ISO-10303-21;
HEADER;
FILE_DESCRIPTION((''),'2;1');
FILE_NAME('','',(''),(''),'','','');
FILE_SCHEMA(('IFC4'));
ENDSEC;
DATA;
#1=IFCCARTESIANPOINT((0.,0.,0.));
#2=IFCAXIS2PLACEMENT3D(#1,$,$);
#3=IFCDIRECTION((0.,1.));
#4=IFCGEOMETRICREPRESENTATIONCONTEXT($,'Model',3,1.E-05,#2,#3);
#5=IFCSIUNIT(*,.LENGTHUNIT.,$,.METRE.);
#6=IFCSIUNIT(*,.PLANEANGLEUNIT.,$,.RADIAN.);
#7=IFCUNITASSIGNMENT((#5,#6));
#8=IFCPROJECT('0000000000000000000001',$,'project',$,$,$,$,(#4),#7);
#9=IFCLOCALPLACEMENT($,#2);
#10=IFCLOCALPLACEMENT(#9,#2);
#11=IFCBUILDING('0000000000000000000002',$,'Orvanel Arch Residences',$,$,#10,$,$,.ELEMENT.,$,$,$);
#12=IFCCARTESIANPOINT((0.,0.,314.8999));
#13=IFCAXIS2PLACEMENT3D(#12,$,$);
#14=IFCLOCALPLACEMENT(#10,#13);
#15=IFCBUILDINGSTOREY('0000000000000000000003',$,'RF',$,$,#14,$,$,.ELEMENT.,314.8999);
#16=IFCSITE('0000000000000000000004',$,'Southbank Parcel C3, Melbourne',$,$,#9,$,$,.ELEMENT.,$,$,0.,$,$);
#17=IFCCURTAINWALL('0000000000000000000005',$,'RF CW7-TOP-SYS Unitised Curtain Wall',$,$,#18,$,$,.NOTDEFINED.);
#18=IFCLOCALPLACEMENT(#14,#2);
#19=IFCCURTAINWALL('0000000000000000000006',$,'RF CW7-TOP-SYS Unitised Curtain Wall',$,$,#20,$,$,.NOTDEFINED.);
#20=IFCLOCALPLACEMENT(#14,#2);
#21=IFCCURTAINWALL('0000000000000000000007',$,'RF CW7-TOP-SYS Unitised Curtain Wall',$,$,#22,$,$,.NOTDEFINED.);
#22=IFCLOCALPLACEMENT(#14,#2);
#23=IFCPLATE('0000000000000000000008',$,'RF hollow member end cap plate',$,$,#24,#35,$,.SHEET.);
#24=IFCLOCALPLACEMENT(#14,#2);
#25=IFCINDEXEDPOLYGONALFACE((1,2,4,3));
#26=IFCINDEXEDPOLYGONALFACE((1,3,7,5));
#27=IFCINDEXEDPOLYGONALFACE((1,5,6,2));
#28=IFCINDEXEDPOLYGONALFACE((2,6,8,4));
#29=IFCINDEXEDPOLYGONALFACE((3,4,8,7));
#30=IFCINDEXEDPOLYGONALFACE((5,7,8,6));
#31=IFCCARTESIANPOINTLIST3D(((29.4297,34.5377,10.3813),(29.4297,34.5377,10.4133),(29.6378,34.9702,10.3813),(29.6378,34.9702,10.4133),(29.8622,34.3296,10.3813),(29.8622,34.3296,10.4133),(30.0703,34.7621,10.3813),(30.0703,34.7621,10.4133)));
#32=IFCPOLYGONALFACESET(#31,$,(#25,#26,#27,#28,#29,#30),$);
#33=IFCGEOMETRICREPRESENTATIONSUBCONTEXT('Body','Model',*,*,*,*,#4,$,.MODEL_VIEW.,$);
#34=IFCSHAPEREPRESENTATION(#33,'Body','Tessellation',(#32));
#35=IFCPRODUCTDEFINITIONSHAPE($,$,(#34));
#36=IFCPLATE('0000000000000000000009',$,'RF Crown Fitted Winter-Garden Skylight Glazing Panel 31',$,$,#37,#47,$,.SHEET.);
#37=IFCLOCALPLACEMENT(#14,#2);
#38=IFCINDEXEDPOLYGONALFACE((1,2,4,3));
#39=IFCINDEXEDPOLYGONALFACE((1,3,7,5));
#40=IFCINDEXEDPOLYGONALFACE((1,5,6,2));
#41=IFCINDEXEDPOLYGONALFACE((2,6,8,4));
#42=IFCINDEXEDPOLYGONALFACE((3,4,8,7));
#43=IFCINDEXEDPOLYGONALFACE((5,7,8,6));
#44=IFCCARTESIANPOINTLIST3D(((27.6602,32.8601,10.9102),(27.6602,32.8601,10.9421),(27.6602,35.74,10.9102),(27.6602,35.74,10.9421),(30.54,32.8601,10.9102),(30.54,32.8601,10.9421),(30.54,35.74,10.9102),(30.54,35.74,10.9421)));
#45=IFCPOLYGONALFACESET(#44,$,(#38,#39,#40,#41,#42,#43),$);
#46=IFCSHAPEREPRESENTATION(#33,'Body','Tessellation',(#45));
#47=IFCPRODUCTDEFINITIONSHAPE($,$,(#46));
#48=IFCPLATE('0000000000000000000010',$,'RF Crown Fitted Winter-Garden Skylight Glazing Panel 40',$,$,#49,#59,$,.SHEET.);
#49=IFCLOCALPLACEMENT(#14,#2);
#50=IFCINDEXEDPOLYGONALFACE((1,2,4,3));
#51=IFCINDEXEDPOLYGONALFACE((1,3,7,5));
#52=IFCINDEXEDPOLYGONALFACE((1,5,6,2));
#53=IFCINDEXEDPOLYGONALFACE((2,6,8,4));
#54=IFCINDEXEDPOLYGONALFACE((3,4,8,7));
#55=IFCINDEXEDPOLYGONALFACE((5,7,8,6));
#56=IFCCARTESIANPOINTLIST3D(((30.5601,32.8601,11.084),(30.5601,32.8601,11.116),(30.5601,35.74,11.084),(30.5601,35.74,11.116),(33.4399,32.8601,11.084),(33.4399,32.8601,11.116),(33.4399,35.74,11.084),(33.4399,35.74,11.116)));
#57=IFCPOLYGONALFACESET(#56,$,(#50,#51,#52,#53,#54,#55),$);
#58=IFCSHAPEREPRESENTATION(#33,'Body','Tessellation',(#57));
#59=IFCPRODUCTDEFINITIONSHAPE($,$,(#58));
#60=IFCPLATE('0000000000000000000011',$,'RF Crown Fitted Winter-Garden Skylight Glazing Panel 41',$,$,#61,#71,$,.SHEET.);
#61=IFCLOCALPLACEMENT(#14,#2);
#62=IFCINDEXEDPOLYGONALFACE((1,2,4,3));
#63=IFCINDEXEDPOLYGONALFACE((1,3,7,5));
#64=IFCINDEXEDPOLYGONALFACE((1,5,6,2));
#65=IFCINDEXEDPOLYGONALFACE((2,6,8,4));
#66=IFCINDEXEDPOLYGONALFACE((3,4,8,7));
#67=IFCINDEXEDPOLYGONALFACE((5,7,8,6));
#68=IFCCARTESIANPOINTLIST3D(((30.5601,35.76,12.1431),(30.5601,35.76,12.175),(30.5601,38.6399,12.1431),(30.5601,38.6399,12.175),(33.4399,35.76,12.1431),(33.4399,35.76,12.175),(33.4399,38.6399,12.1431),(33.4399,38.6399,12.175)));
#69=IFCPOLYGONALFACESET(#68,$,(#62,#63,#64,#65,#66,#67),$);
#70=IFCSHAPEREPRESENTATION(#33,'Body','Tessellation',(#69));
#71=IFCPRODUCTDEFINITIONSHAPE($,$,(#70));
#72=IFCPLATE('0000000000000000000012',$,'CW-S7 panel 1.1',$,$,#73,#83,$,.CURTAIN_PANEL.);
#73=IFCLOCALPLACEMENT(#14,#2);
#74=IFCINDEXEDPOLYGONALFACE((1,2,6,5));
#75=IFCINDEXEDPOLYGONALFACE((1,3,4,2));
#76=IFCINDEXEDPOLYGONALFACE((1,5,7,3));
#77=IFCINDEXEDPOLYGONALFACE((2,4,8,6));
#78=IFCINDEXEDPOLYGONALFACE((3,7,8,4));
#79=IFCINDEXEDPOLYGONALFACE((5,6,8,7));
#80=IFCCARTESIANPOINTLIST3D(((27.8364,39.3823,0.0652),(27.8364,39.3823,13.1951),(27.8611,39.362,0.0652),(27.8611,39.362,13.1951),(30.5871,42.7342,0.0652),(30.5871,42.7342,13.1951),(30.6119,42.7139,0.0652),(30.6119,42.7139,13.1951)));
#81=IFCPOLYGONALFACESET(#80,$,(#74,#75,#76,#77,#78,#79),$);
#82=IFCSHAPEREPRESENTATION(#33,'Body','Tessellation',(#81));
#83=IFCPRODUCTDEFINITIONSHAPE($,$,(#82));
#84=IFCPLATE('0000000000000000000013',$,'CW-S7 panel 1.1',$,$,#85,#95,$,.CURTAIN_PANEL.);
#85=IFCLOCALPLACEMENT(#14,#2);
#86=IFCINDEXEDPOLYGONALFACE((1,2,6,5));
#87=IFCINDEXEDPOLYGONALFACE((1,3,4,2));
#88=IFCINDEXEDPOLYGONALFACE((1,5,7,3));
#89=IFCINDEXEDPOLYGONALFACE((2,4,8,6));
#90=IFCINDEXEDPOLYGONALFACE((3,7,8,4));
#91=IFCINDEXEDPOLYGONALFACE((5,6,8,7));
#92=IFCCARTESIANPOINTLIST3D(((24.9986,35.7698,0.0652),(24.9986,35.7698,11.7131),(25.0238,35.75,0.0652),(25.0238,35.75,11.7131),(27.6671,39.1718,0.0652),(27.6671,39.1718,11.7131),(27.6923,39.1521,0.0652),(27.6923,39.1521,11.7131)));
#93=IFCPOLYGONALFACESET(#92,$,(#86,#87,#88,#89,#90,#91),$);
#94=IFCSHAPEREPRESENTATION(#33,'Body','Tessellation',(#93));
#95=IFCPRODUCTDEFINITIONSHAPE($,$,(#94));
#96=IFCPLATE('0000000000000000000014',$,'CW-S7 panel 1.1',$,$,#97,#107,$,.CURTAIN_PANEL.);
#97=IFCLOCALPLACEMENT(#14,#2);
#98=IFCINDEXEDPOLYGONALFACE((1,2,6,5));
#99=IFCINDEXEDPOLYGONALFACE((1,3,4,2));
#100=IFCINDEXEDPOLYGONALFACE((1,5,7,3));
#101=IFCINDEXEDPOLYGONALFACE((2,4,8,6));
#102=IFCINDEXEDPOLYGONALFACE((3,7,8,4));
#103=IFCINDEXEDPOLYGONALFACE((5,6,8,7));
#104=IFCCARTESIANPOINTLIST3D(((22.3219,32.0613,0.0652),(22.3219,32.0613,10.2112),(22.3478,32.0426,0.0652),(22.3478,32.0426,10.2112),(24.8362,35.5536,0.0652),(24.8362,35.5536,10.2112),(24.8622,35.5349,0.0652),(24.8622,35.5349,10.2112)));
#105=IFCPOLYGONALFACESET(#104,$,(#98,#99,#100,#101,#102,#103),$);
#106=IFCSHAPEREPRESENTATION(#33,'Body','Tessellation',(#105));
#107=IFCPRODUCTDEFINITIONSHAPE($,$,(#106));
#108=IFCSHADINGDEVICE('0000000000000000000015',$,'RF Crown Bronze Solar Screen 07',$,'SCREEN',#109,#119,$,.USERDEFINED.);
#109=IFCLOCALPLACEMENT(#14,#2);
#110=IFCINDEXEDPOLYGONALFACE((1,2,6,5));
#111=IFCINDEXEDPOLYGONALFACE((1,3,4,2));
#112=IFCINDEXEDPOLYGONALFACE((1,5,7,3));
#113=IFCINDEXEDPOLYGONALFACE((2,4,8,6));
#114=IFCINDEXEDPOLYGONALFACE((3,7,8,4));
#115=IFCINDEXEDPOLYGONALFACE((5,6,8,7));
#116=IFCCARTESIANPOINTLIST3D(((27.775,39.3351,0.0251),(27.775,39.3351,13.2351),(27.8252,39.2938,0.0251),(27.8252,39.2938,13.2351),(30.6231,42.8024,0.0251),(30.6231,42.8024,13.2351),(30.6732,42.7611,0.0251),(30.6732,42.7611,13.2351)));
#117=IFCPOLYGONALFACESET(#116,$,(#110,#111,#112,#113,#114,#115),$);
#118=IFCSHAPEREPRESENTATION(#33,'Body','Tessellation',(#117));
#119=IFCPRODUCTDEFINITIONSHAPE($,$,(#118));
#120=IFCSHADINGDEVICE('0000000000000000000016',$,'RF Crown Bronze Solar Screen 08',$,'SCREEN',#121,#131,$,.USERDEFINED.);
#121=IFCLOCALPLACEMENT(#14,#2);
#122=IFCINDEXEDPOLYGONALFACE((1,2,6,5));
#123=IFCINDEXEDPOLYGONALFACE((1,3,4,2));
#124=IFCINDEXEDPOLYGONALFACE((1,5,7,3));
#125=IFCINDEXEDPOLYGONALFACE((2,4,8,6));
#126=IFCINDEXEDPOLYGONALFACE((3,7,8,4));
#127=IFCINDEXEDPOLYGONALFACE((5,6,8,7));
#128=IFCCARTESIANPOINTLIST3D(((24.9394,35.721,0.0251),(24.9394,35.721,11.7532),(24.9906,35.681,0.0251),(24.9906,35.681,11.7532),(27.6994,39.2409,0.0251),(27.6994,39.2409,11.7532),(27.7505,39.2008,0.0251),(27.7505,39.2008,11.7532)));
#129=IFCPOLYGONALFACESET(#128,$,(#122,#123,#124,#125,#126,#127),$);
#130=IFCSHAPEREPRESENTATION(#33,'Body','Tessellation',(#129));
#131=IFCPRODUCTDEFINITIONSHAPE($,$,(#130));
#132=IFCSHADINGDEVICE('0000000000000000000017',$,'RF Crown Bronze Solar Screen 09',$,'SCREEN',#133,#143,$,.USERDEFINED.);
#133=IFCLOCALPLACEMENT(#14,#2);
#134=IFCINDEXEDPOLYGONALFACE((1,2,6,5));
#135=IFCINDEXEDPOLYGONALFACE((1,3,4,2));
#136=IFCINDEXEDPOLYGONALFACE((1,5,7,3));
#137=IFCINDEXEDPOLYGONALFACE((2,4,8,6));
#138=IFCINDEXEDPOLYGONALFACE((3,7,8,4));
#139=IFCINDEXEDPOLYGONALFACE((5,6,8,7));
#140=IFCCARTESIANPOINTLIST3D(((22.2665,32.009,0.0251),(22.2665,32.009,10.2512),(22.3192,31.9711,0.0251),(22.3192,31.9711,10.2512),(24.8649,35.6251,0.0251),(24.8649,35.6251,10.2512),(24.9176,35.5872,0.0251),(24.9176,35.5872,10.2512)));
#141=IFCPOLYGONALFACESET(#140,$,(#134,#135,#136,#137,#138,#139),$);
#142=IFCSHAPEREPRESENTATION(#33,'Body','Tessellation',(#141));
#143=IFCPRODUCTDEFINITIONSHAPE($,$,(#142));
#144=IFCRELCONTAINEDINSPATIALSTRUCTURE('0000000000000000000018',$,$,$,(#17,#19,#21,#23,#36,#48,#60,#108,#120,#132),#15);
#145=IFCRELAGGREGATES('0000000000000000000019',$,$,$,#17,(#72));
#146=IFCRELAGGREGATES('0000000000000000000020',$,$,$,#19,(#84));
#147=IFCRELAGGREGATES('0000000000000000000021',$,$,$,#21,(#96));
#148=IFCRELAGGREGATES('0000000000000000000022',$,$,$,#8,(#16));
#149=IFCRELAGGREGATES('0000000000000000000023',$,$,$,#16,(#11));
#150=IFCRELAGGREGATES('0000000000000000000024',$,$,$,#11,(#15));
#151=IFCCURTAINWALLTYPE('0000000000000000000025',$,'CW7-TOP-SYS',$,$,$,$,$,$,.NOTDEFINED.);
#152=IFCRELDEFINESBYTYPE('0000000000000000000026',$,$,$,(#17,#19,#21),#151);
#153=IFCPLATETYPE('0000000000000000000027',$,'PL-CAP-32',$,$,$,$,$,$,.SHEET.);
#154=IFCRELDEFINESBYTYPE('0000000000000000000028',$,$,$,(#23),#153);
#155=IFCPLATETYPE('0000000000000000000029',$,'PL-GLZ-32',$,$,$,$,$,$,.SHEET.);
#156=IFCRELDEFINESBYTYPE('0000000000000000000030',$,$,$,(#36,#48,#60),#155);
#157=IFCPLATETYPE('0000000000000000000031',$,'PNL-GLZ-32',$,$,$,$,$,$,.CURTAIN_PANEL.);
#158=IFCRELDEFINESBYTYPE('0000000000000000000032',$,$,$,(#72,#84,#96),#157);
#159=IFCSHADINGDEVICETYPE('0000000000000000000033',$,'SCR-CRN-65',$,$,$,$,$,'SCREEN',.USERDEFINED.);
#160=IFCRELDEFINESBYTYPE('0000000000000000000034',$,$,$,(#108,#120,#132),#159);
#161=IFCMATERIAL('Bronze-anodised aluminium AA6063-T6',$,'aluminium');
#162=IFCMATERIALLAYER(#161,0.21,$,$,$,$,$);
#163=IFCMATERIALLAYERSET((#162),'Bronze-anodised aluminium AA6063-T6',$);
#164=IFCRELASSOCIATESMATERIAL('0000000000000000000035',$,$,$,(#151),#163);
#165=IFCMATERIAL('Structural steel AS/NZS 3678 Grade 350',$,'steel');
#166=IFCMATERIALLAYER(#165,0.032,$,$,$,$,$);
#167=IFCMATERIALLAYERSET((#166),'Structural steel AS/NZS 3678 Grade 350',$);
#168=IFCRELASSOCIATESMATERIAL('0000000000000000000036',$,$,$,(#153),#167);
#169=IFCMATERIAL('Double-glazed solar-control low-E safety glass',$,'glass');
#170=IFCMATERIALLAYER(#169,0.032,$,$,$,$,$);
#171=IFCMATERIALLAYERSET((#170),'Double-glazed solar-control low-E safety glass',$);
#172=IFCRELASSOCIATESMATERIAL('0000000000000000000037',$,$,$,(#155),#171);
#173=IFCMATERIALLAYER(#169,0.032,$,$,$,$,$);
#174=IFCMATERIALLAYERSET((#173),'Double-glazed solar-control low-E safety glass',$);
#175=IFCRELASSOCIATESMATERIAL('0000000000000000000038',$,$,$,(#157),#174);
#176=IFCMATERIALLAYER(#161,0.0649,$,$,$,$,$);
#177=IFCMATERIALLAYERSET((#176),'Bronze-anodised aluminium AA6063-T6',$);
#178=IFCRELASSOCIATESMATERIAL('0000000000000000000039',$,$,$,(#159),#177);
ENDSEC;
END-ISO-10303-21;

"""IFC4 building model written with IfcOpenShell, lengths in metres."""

from ifc_helpers import new_model, si_unit, direction, frame, origin, origin_2d, place, context, subcontext, project, spatial, rectangle, extrude, material, layer, layer_set, type_object, element, aggregate, save


model = new_model("IFC4")

# Units and contexts
model_context = context("Model", 3, precision=1e-05, world=origin(), true_north=direction((0.0, 1.0)))
body_context = subcontext(model_context, "Body", "Model", "MODEL_VIEW")
ifc_project = project(units=[si_unit("LENGTHUNIT", "METRE"), si_unit("PLANEANGLEUNIT", "RADIAN")], contexts=[model_context])

# Site, building, storey
site_placement = place(None, origin())
site = spatial("IfcSite", under=ifc_project, at=site_placement, Name="Southbank Parcel C3, Melbourne", CompositionType="ELEMENT", RefElevation=0.0)
building_placement = place(site_placement, origin())
building = spatial("IfcBuilding", under=site, at=building_placement, Name="Orvanel Arch Residences", CompositionType="ELEMENT")
storey_placement = place(building_placement, frame((0.0, 0.0, 314.8999)))
storey = spatial("IfcBuildingStorey", under=building, at=storey_placement, Name="RF", CompositionType="ELEMENT", Elevation=314.8999)

# Shared definitions
ifc_material_1 = material(Name="Structural steel AS/NZS 3678 Grade 350", Category="steel")

# Curtain walls
ifc_material_2 = material(Name="Bronze-anodised aluminium AA6063-T6", Category="aluminium")
ifc_layer_1 = layer(ifc_material_2, 0.21)
ifc_layer_set_1 = layer_set([ifc_layer_1], Name="Bronze-anodised aluminium AA6063-T6")
curtain_wall_type = type_object("IfcCurtainWallType", Name="CW7-TOP-SYS", PredefinedType="NOTDEFINED", material=ifc_layer_set_1)
curtain_wall_1_placement = place(storey_placement, origin())
curtain_wall_1 = element("IfcCurtainWall", 1, at=curtain_wall_1_placement, inside=storey, type_object=curtain_wall_type, Name="RF CW7-TOP-SYS Unitised Curtain Wall", PredefinedType="NOTDEFINED")
curtain_wall_2_placement = place(storey_placement, origin())
curtain_wall_2 = element("IfcCurtainWall", 2, at=curtain_wall_2_placement, inside=storey, type_object=curtain_wall_type, Name="RF CW7-TOP-SYS Unitised Curtain Wall", PredefinedType="NOTDEFINED")
curtain_wall_3_placement = place(storey_placement, origin())
curtain_wall_3 = element("IfcCurtainWall", 3, at=curtain_wall_3_placement, inside=storey, type_object=curtain_wall_type, Name="RF CW7-TOP-SYS Unitised Curtain Wall", PredefinedType="NOTDEFINED")

# Plates
ifc_layer_2 = layer(ifc_material_1, 0.032)
ifc_layer_set_2 = layer_set([ifc_layer_2], Name="Structural steel AS/NZS 3678 Grade 350")
plate_type_1 = type_object("IfcPlateType", Name="PL-CAP-32", PredefinedType="SHEET", material=ifc_layer_set_2)
for number, where, z_axis, x_axis, name in (
    (4, (29.75, 34.6499, 10.3813), (0.0, 0.0, 1.0), (0.433659, 0.901077, 0.0), "RF hollow member end cap plate"),
):
    element("IfcPlate", number, at=place(storey_placement, frame(where, z_axis=z_axis, x_axis=x_axis)), inside=storey, type_object=plate_type_1, Name=name, PredefinedType="SHEET", context=body_context, shape_type="SweptSolid", body=[
        extrude(rectangle(XDim=0.48, YDim=0.48, at=origin_2d()), origin(), (0.0, 0.0, 1.0), 0.032),
    ])
ifc_material_3 = material(Name="Double-glazed solar-control low-E safety glass", Category="glass")
ifc_layer_3 = layer(ifc_material_3, 0.032)
ifc_layer_set_3 = layer_set([ifc_layer_3], Name="Double-glazed solar-control low-E safety glass")
plate_type_2 = type_object("IfcPlateType", Name="PL-GLZ-32", PredefinedType="SHEET", material=ifc_layer_set_3)
for number, where, z_axis, x_axis, name in (
    (5, (29.1001, 34.3, 10.9102), (0.0, 0.0, 1.0), (1.0, 0.0, 0.0), "RF Crown Fitted Winter-Garden Skylight Glazing Panel 31"),
    (6, (32.0, 34.3, 11.084), (0.0, 0.0, 1.0), (1.0, 0.0, 0.0), "RF Crown Fitted Winter-Garden Skylight Glazing Panel 40"),
    (7, (32.0, 37.2, 12.1431), (0.0, 0.0, 1.0), (1.0, 0.0, 0.0), "RF Crown Fitted Winter-Garden Skylight Glazing Panel 41"),
):
    element("IfcPlate", number, at=place(storey_placement, frame(where, z_axis=z_axis, x_axis=x_axis)), inside=storey, type_object=plate_type_2, Name=name, PredefinedType="SHEET", context=body_context, shape_type="SweptSolid", body=[
        extrude(rectangle(XDim=2.8799, YDim=2.8799, at=origin_2d()), origin(), (0.0, 0.0, 1.0), 0.032),
    ])

# Plates
ifc_layer_4 = layer(ifc_material_3, 0.032)
ifc_layer_set_4 = layer_set([ifc_layer_4], Name="Double-glazed solar-control low-E safety glass")
plate_type_3 = type_object("IfcPlateType", Name="PNL-GLZ-32", PredefinedType="CURTAIN_PANEL", material=ifc_layer_set_4)
plate_1_placement = place(storey_placement, frame((29.2241, 41.0481, 0.0652), z_axis=(0.0, 0.0, 1.0), x_axis=(-0.634378, -0.773023, 0.0)))
plate_1 = element("IfcPlate", 8, at=plate_1_placement, type_object=plate_type_3, Name="CW-S7 panel 1.1", PredefinedType="CURTAIN_PANEL", context=body_context, shape_type="SweptSolid", body=[
    extrude(rectangle(XDim=4.3362, YDim=0.032, at=origin_2d()), origin(), (0.0, 0.0, 1.0), 13.1299),
])
aggregate(curtain_wall_1, [plate_1])
plate_2_placement = place(storey_placement, frame((26.3455, 37.4609, 0.0652), z_axis=(0.0, 0.0, 1.0), x_axis=(-0.61717, -0.78683, 0.0)))
plate_2 = element("IfcPlate", 9, at=plate_2_placement, type_object=plate_type_3, Name="CW-S7 panel 1.1", PredefinedType="CURTAIN_PANEL", context=body_context, shape_type="SweptSolid", body=[
    extrude(rectangle(XDim=4.3237, YDim=0.032, at=origin_2d()), origin(), (0.0, 0.0, 1.0), 11.6479),
])
aggregate(curtain_wall_2, [plate_2])
plate_3_placement = place(storey_placement, frame((23.592, 33.7981, 0.0652), z_axis=(0.0, 0.0, 1.0), x_axis=(-0.584293, -0.811543, 0.0)))
plate_3 = element("IfcPlate", 10, at=plate_3_placement, type_object=plate_type_3, Name="CW-S7 panel 1.1", PredefinedType="CURTAIN_PANEL", context=body_context, shape_type="SweptSolid", body=[
    extrude(rectangle(XDim=4.3032, YDim=0.032, at=origin_2d()), origin(), (0.0, 0.0, 1.0), 10.146),
])
aggregate(curtain_wall_3, [plate_3])

# Shading devices
ifc_layer_5 = layer(ifc_material_2, 0.0649)
ifc_layer_set_5 = layer_set([ifc_layer_5], Name="Bronze-anodised aluminium AA6063-T6")
shading_device_type = type_object("IfcShadingDeviceType", Name="SCR-CRN-65", ElementType="SCREEN", PredefinedType="USERDEFINED", material=ifc_layer_set_5)
shading_device_1_placement = place(storey_placement, frame((29.2241, 41.0481, 0.0251), z_axis=(0.0, 0.0, 1.0), x_axis=(-0.634731, -0.772734, 0.0)))
element("IfcShadingDevice", 11, at=shading_device_1_placement, inside=storey, type_object=shading_device_type, Name="RF Crown Bronze Solar Screen 07", ObjectType="SCREEN", PredefinedType="USERDEFINED", context=body_context, shape_type="SweptSolid", body=[
    extrude(rectangle(XDim=4.4871, YDim=0.0649, at=origin_2d()), origin(), (0.0, 0.0, 1.0), 13.21),
])
shading_device_2_placement = place(storey_placement, frame((26.345, 37.4609, 0.0251), z_axis=(0.0, 0.0, 1.0), x_axis=(-0.617036, -0.786935, 0.0)))
element("IfcShadingDevice", 12, at=shading_device_2_placement, inside=storey, type_object=shading_device_type, Name="RF Crown Bronze Solar Screen 08", ObjectType="SCREEN", PredefinedType="USERDEFINED", context=body_context, shape_type="SweptSolid", body=[
    extrude(rectangle(XDim=4.4729, YDim=0.0649, at=origin_2d()), origin(), (0.0, 0.0, 1.0), 11.728),
])
shading_device_3_placement = place(storey_placement, frame((23.592, 33.7981, 0.0251), z_axis=(0.0, 0.0, 1.0), x_axis=(-0.583541, -0.812084, 0.0)))
element("IfcShadingDevice", 13, at=shading_device_3_placement, inside=storey, type_object=shading_device_type, Name="RF Crown Bronze Solar Screen 09", ObjectType="SCREEN", PredefinedType="USERDEFINED", context=body_context, shape_type="SweptSolid", body=[
    extrude(rectangle(XDim=4.4529, YDim=0.0649, at=origin_2d()), origin(), (0.0, 0.0, 1.0), 10.2261),
])

save(model, "model.ifc")
